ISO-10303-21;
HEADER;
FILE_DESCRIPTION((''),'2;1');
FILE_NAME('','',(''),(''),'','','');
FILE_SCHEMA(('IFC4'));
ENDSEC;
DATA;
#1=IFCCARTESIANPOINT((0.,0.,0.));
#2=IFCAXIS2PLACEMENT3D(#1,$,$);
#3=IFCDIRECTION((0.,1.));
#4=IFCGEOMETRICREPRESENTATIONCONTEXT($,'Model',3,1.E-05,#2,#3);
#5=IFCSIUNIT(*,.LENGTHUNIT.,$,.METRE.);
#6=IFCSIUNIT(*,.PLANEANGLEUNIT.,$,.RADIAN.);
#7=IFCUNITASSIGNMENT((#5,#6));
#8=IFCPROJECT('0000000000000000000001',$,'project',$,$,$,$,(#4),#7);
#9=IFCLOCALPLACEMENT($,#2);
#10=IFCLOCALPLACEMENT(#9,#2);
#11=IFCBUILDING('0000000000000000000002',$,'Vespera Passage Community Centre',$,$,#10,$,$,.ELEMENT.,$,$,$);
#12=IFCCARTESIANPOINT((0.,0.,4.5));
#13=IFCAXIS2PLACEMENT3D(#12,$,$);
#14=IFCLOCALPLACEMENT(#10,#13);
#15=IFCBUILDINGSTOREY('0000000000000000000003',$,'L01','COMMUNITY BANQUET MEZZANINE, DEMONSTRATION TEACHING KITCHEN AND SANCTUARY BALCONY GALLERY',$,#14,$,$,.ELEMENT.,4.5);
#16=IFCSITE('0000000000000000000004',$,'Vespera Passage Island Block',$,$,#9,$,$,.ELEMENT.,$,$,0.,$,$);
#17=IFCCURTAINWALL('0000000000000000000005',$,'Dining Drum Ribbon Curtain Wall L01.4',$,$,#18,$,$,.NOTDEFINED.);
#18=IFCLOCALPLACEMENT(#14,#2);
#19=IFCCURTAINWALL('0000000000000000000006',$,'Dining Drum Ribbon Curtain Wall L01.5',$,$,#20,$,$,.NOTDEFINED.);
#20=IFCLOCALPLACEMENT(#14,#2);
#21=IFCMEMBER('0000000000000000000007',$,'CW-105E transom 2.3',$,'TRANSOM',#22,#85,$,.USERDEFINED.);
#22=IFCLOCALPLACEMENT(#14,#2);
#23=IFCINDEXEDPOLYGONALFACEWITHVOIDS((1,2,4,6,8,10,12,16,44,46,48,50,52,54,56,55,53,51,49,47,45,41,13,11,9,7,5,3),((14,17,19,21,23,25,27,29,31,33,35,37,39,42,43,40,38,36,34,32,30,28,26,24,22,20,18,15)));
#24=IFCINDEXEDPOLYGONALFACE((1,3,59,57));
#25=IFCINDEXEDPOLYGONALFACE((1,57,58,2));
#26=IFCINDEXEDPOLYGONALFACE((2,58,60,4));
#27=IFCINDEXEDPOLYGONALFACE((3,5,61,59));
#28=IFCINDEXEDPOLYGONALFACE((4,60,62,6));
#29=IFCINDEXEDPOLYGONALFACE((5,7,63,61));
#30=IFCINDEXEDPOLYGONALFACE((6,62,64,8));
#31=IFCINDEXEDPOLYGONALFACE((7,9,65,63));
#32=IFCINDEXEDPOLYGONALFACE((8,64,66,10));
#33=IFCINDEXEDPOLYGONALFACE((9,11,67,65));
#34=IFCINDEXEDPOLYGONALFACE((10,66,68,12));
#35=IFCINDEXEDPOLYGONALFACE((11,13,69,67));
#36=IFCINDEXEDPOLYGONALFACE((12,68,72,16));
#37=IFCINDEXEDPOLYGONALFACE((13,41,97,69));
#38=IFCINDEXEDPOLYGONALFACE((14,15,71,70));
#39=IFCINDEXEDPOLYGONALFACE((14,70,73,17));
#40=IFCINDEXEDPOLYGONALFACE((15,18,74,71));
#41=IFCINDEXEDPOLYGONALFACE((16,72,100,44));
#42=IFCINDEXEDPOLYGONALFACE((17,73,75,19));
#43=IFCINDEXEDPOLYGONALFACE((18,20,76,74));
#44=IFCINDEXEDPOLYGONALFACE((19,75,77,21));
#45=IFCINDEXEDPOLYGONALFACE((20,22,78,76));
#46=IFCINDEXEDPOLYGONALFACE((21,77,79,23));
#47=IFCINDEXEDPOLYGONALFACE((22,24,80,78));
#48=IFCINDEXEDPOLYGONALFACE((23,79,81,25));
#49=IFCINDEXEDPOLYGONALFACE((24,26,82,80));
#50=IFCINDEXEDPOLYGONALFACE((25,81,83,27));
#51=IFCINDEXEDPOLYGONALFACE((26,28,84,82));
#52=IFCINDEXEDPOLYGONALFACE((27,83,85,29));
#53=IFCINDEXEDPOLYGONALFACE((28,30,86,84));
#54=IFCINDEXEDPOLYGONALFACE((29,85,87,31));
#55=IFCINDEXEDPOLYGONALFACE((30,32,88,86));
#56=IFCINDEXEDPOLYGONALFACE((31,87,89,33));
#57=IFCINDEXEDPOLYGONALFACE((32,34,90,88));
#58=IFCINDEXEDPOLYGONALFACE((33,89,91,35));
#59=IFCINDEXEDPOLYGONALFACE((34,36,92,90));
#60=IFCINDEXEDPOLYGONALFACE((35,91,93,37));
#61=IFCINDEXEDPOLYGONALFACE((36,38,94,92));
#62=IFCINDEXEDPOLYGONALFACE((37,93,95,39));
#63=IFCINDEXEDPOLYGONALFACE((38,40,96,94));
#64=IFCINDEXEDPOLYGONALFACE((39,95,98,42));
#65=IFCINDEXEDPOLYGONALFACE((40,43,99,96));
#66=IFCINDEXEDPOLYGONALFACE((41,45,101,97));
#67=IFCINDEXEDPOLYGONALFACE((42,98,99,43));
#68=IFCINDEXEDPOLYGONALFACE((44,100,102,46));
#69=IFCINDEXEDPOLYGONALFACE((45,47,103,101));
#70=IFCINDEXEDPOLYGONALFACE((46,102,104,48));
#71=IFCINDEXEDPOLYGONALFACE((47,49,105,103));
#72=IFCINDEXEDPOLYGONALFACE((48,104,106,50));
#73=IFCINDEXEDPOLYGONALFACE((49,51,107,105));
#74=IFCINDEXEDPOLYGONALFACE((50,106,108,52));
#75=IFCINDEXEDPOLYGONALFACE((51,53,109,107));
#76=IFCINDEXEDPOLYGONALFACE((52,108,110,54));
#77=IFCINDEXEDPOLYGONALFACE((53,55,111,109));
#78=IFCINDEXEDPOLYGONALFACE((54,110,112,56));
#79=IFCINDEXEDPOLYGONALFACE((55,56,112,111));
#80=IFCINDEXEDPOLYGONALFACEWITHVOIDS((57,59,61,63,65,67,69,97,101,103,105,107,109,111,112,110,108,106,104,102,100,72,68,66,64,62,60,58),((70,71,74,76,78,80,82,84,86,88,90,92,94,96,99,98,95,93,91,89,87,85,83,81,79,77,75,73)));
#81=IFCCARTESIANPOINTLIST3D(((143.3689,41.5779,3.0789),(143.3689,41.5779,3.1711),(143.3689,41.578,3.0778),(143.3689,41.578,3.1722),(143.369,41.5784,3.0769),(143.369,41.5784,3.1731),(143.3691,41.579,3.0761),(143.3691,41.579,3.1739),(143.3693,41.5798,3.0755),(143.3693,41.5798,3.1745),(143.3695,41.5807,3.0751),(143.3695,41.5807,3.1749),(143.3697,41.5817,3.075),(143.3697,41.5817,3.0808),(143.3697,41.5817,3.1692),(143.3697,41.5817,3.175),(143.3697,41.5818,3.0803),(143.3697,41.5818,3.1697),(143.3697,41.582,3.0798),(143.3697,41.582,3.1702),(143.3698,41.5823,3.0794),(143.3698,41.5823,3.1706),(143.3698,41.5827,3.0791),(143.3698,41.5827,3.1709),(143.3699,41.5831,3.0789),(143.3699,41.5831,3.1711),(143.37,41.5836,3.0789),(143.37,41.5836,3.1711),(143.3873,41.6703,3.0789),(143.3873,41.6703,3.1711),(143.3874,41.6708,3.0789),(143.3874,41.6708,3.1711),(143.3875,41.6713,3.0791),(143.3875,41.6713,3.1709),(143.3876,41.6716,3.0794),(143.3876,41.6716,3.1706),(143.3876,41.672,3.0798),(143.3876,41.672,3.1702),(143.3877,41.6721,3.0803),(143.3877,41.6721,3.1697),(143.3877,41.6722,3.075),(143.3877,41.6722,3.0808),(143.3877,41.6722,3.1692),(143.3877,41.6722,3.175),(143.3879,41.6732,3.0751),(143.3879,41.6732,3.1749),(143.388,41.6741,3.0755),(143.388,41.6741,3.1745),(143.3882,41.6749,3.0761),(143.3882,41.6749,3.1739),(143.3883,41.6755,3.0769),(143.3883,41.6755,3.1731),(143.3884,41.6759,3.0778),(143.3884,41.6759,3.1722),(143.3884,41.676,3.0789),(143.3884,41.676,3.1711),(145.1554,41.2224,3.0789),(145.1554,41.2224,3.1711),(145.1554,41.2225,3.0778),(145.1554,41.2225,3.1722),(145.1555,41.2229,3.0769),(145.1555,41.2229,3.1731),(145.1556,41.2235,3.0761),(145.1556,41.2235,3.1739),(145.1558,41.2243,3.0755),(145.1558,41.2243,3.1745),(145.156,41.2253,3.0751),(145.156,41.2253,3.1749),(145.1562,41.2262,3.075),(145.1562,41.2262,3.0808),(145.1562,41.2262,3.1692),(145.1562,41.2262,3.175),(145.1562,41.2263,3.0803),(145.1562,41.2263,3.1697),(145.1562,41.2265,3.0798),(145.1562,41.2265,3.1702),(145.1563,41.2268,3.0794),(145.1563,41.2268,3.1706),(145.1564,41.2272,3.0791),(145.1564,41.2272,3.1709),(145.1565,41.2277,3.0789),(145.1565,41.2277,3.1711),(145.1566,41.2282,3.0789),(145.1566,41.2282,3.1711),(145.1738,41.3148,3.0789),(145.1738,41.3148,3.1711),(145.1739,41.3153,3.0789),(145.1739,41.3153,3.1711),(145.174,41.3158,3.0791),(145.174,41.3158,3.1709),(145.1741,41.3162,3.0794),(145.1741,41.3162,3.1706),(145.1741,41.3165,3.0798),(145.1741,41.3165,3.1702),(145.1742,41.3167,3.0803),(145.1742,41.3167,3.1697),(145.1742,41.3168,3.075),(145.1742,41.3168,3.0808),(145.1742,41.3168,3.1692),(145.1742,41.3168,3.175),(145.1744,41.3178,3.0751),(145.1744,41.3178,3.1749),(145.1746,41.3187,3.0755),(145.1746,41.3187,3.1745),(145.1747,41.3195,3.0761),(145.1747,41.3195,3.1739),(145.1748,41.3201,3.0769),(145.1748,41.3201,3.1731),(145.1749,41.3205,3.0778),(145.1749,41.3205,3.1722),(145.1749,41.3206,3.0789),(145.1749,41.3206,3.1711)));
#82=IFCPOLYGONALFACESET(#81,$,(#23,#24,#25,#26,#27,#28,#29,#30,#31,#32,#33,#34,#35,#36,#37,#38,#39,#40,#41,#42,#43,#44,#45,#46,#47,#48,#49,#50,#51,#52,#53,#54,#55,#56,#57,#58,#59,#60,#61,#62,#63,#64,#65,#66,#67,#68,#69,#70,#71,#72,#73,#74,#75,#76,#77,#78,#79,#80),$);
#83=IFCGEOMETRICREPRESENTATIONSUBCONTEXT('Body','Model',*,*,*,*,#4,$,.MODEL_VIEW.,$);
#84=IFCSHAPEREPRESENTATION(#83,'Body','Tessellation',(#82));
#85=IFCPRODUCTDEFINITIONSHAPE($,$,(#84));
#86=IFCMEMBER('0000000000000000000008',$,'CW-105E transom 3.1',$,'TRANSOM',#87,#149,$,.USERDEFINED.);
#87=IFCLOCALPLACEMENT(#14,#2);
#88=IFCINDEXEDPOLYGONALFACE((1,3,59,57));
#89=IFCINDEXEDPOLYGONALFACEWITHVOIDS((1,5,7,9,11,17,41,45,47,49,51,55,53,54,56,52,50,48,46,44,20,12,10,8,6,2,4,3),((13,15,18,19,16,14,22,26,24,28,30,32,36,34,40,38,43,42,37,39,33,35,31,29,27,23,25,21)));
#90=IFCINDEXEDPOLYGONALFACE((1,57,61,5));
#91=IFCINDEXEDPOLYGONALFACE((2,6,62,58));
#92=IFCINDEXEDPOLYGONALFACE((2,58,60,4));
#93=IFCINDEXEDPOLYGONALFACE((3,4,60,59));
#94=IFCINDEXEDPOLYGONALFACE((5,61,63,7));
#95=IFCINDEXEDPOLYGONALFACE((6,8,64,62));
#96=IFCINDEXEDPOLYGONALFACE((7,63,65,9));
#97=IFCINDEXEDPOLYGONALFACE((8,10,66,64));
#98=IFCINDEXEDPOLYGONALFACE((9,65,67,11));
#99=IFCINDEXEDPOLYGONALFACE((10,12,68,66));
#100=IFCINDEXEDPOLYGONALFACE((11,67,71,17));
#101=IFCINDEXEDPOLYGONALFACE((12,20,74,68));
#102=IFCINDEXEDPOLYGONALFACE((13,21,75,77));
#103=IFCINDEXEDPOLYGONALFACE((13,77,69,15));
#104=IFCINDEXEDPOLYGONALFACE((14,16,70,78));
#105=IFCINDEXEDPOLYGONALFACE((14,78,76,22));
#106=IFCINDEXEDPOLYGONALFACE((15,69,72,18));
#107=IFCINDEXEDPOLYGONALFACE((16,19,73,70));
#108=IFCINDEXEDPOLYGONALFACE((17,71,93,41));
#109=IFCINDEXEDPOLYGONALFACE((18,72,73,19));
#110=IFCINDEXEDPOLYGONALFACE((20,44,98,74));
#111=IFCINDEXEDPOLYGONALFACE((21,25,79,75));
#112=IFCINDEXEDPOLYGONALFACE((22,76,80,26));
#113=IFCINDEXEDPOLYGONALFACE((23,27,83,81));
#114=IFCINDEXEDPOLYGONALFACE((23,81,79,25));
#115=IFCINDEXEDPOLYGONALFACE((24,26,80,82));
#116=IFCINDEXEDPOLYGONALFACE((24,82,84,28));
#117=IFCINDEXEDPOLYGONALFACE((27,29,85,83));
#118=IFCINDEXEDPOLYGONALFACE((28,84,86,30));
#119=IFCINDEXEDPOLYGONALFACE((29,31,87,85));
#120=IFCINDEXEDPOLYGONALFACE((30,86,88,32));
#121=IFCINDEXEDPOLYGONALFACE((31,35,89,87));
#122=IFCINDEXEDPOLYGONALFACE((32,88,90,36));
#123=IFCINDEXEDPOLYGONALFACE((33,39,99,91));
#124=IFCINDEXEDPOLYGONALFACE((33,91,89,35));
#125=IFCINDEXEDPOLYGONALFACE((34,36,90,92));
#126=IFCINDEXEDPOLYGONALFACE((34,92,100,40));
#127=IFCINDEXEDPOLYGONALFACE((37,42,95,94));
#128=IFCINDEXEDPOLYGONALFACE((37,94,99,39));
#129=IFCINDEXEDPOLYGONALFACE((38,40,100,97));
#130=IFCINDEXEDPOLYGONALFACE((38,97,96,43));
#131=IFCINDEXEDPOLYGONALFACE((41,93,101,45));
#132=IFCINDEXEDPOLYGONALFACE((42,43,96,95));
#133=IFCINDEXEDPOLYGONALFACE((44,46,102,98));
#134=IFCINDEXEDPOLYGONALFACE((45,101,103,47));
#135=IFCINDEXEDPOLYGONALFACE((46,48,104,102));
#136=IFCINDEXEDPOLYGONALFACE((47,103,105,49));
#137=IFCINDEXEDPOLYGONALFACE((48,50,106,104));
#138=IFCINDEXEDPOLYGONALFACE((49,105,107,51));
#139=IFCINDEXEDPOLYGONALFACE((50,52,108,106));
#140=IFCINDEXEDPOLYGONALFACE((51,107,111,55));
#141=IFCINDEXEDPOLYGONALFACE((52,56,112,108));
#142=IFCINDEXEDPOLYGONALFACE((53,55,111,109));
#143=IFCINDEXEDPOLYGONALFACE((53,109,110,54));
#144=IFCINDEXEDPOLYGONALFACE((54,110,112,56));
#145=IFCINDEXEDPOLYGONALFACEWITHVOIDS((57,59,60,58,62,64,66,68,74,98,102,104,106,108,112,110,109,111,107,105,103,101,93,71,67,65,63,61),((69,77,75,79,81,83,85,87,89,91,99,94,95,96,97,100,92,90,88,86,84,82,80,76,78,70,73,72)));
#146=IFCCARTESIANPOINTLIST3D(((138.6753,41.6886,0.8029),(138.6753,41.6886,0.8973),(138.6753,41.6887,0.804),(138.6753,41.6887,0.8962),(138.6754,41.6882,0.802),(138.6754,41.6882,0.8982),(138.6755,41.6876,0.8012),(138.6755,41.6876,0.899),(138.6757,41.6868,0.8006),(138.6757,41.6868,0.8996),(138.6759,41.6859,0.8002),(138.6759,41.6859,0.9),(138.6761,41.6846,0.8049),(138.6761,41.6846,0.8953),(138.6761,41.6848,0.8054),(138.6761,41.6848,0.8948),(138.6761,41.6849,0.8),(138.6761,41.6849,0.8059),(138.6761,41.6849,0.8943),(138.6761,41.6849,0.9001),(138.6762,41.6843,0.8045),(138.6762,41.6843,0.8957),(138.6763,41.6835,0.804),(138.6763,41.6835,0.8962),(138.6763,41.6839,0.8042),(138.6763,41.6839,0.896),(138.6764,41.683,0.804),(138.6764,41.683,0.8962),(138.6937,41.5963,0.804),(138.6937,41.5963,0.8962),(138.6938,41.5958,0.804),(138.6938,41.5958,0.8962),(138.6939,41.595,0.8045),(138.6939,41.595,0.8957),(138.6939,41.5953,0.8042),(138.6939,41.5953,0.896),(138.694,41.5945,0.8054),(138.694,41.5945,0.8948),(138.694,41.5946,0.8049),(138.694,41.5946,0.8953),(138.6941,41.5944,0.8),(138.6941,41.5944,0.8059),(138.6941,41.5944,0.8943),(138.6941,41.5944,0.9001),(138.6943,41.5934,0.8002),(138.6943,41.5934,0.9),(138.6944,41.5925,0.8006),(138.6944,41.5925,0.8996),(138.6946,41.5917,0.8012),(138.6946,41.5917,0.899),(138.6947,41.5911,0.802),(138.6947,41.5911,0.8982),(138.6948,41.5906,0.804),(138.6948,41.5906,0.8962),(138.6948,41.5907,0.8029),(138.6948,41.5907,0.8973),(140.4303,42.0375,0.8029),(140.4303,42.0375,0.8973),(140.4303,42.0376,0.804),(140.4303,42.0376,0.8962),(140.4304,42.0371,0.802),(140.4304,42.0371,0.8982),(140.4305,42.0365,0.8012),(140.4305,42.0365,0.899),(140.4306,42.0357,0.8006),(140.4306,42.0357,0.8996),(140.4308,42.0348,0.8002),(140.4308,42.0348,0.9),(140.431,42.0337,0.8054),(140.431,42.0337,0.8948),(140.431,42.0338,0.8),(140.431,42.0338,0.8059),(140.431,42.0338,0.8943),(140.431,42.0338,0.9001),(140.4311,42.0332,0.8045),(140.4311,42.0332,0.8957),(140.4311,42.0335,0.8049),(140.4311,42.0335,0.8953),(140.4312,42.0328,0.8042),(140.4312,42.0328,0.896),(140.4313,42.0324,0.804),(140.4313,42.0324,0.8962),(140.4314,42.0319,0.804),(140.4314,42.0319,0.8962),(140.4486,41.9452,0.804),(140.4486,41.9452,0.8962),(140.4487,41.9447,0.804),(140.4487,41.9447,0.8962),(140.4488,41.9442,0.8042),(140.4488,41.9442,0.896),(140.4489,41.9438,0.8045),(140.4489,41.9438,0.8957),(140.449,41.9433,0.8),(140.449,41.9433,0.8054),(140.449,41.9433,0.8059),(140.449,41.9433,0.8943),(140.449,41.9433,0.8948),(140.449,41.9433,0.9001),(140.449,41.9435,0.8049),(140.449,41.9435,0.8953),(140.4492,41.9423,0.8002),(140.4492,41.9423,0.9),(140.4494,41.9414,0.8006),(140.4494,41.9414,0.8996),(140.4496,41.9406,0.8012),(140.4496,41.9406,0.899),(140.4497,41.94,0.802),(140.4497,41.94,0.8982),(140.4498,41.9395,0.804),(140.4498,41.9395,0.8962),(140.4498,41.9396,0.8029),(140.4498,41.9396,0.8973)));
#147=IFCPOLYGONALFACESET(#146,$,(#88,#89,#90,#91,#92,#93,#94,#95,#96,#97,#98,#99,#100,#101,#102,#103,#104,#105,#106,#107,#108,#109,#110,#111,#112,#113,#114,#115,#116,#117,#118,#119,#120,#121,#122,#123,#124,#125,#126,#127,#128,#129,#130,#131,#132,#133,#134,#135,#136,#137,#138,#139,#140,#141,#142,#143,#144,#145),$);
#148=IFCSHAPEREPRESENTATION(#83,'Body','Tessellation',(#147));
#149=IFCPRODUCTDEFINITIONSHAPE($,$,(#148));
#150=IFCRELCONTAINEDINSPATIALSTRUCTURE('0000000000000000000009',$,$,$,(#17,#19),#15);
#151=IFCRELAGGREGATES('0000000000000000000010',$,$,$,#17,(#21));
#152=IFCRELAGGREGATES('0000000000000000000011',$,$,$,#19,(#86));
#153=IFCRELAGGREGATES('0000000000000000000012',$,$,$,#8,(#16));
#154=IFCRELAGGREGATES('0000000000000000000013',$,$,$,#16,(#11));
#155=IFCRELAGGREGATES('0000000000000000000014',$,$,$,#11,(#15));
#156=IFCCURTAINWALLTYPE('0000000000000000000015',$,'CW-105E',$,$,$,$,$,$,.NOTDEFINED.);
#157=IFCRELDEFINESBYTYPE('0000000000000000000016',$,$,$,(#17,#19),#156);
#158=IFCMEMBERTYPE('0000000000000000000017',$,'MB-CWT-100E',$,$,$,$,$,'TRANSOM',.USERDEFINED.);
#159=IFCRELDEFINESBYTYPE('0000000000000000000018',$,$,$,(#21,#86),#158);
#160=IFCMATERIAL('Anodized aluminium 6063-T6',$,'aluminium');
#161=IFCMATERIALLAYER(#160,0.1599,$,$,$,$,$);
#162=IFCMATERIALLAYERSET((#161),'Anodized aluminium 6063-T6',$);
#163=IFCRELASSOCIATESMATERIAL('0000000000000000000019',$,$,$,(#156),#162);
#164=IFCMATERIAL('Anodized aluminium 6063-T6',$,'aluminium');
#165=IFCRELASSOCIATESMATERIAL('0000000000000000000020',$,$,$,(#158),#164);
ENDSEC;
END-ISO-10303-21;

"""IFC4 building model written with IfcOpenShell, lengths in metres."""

from ifc_helpers import new_model, si_unit, direction, frame, origin, origin_2d, place, context, subcontext, project, spatial, hollow_rectangle, extrude, material, layer, layer_set, material_profile, profile_set, type_object, element, aggregate, save


model = new_model("IFC4")

# Units and contexts
model_context = context("Model", 3, precision=1e-05, world=origin(), true_north=direction((0.0, 1.0)))
body_context = subcontext(model_context, "Body", "Model", "MODEL_VIEW")
ifc_project = project(units=[si_unit("LENGTHUNIT", "METRE"), si_unit("PLANEANGLEUNIT", "RADIAN")], contexts=[model_context])

# Site, building, storey
site_placement = place(None, origin())
site = spatial("IfcSite", under=ifc_project, at=site_placement, Name="Vespera Passage Island Block", CompositionType="ELEMENT", RefElevation=0.0)
building_placement = place(site_placement, origin())
building = spatial("IfcBuilding", under=site, at=building_placement, Name="Vespera Passage Community Centre", CompositionType="ELEMENT")
storey_placement = place(building_placement, frame((0.0, 0.0, 4.5)))
storey = spatial("IfcBuildingStorey", under=building, at=storey_placement, Name="L01", Description="COMMUNITY BANQUET MEZZANINE, DEMONSTRATION TEACHING KITCHEN AND SANCTUARY BALCONY GALLERY", CompositionType="ELEMENT", Elevation=4.5)

# Curtain walls
ifc_material_1 = material(Name="Anodized aluminium 6063-T6", Category="aluminium")
ifc_layer_1 = layer(ifc_material_1, 0.1599)
ifc_layer_set_1 = layer_set([ifc_layer_1], Name="Anodized aluminium 6063-T6")
curtain_wall_type = type_object("IfcCurtainWallType", Name="CW-105E", PredefinedType="NOTDEFINED", material=ifc_layer_set_1)
curtain_wall_1_placement = place(storey_placement, origin())
curtain_wall_1 = element("IfcCurtainWall", 1, at=curtain_wall_1_placement, inside=storey, type_object=curtain_wall_type, Name="Dining Drum Ribbon Curtain Wall L01.4", PredefinedType="NOTDEFINED")
curtain_wall_2_placement = place(storey_placement, origin())
curtain_wall_2 = element("IfcCurtainWall", 2, at=curtain_wall_2_placement, inside=storey, type_object=curtain_wall_type, Name="Dining Drum Ribbon Curtain Wall L01.5", PredefinedType="NOTDEFINED")

# Members
ifc_material_2 = material(Name="Anodized aluminium 6063-T6", Category="aluminium")
ifc_material_profile_1 = material_profile(ifc_material_2, hollow_rectangle(XDim=0.1001, YDim=0.1001, WallThickness=0.0039, InnerFilletRadius=0.002, OuterFilletRadius=0.0039, at=origin_2d()), Name="ALU100X100X4")
ifc_profile_set_1 = profile_set([ifc_material_profile_1], Name="Anodized aluminium 6063-T6")
member_type_1 = type_object("IfcMemberType", Name="MB-CWT-100E", ElementType="TRANSOM", PredefinedType="USERDEFINED", material=ifc_profile_set_1)
member_1_placement = place(storey_placement, frame((143.3787, 41.627, 3.125), z_axis=(0.980776, -0.195137, 0.0), x_axis=(0.195137, 0.980776, 0.0)))
member_1 = element("IfcMember", 3, at=member_1_placement, type_object=member_type_1, Name="CW-105E transom 2.3", ObjectType="TRANSOM", PredefinedType="USERDEFINED", context=body_context, shape_type="SweptSolid", body=[
    extrude(hollow_rectangle(XDim=0.1001, YDim=0.1001, WallThickness=0.0039, InnerFilletRadius=0.002, OuterFilletRadius=0.0039, at=origin_2d()), origin(), (0.0, 0.0, 1.0), 1.8215),
])
member_2_placement = place(storey_placement, frame((138.6851, 41.6396, 0.8501), z_axis=(0.980806, 0.194988, 0.0), x_axis=(-0.194988, 0.980806, 0.0)))
member_2 = element("IfcMember", 4, at=member_2_placement, type_object=member_type_1, Name="CW-105E transom 3.1", ObjectType="TRANSOM", PredefinedType="USERDEFINED", context=body_context, shape_type="SweptSolid", body=[
    extrude(hollow_rectangle(XDim=0.1001, YDim=0.1001, WallThickness=0.0039, InnerFilletRadius=0.002, OuterFilletRadius=0.0039, at=origin_2d()), origin(), (0.0, 0.0, 1.0), 1.7893),
])

aggregate(curtain_wall_1, [member_1])
aggregate(curtain_wall_2, [member_2])

save(model, "model.ifc")
